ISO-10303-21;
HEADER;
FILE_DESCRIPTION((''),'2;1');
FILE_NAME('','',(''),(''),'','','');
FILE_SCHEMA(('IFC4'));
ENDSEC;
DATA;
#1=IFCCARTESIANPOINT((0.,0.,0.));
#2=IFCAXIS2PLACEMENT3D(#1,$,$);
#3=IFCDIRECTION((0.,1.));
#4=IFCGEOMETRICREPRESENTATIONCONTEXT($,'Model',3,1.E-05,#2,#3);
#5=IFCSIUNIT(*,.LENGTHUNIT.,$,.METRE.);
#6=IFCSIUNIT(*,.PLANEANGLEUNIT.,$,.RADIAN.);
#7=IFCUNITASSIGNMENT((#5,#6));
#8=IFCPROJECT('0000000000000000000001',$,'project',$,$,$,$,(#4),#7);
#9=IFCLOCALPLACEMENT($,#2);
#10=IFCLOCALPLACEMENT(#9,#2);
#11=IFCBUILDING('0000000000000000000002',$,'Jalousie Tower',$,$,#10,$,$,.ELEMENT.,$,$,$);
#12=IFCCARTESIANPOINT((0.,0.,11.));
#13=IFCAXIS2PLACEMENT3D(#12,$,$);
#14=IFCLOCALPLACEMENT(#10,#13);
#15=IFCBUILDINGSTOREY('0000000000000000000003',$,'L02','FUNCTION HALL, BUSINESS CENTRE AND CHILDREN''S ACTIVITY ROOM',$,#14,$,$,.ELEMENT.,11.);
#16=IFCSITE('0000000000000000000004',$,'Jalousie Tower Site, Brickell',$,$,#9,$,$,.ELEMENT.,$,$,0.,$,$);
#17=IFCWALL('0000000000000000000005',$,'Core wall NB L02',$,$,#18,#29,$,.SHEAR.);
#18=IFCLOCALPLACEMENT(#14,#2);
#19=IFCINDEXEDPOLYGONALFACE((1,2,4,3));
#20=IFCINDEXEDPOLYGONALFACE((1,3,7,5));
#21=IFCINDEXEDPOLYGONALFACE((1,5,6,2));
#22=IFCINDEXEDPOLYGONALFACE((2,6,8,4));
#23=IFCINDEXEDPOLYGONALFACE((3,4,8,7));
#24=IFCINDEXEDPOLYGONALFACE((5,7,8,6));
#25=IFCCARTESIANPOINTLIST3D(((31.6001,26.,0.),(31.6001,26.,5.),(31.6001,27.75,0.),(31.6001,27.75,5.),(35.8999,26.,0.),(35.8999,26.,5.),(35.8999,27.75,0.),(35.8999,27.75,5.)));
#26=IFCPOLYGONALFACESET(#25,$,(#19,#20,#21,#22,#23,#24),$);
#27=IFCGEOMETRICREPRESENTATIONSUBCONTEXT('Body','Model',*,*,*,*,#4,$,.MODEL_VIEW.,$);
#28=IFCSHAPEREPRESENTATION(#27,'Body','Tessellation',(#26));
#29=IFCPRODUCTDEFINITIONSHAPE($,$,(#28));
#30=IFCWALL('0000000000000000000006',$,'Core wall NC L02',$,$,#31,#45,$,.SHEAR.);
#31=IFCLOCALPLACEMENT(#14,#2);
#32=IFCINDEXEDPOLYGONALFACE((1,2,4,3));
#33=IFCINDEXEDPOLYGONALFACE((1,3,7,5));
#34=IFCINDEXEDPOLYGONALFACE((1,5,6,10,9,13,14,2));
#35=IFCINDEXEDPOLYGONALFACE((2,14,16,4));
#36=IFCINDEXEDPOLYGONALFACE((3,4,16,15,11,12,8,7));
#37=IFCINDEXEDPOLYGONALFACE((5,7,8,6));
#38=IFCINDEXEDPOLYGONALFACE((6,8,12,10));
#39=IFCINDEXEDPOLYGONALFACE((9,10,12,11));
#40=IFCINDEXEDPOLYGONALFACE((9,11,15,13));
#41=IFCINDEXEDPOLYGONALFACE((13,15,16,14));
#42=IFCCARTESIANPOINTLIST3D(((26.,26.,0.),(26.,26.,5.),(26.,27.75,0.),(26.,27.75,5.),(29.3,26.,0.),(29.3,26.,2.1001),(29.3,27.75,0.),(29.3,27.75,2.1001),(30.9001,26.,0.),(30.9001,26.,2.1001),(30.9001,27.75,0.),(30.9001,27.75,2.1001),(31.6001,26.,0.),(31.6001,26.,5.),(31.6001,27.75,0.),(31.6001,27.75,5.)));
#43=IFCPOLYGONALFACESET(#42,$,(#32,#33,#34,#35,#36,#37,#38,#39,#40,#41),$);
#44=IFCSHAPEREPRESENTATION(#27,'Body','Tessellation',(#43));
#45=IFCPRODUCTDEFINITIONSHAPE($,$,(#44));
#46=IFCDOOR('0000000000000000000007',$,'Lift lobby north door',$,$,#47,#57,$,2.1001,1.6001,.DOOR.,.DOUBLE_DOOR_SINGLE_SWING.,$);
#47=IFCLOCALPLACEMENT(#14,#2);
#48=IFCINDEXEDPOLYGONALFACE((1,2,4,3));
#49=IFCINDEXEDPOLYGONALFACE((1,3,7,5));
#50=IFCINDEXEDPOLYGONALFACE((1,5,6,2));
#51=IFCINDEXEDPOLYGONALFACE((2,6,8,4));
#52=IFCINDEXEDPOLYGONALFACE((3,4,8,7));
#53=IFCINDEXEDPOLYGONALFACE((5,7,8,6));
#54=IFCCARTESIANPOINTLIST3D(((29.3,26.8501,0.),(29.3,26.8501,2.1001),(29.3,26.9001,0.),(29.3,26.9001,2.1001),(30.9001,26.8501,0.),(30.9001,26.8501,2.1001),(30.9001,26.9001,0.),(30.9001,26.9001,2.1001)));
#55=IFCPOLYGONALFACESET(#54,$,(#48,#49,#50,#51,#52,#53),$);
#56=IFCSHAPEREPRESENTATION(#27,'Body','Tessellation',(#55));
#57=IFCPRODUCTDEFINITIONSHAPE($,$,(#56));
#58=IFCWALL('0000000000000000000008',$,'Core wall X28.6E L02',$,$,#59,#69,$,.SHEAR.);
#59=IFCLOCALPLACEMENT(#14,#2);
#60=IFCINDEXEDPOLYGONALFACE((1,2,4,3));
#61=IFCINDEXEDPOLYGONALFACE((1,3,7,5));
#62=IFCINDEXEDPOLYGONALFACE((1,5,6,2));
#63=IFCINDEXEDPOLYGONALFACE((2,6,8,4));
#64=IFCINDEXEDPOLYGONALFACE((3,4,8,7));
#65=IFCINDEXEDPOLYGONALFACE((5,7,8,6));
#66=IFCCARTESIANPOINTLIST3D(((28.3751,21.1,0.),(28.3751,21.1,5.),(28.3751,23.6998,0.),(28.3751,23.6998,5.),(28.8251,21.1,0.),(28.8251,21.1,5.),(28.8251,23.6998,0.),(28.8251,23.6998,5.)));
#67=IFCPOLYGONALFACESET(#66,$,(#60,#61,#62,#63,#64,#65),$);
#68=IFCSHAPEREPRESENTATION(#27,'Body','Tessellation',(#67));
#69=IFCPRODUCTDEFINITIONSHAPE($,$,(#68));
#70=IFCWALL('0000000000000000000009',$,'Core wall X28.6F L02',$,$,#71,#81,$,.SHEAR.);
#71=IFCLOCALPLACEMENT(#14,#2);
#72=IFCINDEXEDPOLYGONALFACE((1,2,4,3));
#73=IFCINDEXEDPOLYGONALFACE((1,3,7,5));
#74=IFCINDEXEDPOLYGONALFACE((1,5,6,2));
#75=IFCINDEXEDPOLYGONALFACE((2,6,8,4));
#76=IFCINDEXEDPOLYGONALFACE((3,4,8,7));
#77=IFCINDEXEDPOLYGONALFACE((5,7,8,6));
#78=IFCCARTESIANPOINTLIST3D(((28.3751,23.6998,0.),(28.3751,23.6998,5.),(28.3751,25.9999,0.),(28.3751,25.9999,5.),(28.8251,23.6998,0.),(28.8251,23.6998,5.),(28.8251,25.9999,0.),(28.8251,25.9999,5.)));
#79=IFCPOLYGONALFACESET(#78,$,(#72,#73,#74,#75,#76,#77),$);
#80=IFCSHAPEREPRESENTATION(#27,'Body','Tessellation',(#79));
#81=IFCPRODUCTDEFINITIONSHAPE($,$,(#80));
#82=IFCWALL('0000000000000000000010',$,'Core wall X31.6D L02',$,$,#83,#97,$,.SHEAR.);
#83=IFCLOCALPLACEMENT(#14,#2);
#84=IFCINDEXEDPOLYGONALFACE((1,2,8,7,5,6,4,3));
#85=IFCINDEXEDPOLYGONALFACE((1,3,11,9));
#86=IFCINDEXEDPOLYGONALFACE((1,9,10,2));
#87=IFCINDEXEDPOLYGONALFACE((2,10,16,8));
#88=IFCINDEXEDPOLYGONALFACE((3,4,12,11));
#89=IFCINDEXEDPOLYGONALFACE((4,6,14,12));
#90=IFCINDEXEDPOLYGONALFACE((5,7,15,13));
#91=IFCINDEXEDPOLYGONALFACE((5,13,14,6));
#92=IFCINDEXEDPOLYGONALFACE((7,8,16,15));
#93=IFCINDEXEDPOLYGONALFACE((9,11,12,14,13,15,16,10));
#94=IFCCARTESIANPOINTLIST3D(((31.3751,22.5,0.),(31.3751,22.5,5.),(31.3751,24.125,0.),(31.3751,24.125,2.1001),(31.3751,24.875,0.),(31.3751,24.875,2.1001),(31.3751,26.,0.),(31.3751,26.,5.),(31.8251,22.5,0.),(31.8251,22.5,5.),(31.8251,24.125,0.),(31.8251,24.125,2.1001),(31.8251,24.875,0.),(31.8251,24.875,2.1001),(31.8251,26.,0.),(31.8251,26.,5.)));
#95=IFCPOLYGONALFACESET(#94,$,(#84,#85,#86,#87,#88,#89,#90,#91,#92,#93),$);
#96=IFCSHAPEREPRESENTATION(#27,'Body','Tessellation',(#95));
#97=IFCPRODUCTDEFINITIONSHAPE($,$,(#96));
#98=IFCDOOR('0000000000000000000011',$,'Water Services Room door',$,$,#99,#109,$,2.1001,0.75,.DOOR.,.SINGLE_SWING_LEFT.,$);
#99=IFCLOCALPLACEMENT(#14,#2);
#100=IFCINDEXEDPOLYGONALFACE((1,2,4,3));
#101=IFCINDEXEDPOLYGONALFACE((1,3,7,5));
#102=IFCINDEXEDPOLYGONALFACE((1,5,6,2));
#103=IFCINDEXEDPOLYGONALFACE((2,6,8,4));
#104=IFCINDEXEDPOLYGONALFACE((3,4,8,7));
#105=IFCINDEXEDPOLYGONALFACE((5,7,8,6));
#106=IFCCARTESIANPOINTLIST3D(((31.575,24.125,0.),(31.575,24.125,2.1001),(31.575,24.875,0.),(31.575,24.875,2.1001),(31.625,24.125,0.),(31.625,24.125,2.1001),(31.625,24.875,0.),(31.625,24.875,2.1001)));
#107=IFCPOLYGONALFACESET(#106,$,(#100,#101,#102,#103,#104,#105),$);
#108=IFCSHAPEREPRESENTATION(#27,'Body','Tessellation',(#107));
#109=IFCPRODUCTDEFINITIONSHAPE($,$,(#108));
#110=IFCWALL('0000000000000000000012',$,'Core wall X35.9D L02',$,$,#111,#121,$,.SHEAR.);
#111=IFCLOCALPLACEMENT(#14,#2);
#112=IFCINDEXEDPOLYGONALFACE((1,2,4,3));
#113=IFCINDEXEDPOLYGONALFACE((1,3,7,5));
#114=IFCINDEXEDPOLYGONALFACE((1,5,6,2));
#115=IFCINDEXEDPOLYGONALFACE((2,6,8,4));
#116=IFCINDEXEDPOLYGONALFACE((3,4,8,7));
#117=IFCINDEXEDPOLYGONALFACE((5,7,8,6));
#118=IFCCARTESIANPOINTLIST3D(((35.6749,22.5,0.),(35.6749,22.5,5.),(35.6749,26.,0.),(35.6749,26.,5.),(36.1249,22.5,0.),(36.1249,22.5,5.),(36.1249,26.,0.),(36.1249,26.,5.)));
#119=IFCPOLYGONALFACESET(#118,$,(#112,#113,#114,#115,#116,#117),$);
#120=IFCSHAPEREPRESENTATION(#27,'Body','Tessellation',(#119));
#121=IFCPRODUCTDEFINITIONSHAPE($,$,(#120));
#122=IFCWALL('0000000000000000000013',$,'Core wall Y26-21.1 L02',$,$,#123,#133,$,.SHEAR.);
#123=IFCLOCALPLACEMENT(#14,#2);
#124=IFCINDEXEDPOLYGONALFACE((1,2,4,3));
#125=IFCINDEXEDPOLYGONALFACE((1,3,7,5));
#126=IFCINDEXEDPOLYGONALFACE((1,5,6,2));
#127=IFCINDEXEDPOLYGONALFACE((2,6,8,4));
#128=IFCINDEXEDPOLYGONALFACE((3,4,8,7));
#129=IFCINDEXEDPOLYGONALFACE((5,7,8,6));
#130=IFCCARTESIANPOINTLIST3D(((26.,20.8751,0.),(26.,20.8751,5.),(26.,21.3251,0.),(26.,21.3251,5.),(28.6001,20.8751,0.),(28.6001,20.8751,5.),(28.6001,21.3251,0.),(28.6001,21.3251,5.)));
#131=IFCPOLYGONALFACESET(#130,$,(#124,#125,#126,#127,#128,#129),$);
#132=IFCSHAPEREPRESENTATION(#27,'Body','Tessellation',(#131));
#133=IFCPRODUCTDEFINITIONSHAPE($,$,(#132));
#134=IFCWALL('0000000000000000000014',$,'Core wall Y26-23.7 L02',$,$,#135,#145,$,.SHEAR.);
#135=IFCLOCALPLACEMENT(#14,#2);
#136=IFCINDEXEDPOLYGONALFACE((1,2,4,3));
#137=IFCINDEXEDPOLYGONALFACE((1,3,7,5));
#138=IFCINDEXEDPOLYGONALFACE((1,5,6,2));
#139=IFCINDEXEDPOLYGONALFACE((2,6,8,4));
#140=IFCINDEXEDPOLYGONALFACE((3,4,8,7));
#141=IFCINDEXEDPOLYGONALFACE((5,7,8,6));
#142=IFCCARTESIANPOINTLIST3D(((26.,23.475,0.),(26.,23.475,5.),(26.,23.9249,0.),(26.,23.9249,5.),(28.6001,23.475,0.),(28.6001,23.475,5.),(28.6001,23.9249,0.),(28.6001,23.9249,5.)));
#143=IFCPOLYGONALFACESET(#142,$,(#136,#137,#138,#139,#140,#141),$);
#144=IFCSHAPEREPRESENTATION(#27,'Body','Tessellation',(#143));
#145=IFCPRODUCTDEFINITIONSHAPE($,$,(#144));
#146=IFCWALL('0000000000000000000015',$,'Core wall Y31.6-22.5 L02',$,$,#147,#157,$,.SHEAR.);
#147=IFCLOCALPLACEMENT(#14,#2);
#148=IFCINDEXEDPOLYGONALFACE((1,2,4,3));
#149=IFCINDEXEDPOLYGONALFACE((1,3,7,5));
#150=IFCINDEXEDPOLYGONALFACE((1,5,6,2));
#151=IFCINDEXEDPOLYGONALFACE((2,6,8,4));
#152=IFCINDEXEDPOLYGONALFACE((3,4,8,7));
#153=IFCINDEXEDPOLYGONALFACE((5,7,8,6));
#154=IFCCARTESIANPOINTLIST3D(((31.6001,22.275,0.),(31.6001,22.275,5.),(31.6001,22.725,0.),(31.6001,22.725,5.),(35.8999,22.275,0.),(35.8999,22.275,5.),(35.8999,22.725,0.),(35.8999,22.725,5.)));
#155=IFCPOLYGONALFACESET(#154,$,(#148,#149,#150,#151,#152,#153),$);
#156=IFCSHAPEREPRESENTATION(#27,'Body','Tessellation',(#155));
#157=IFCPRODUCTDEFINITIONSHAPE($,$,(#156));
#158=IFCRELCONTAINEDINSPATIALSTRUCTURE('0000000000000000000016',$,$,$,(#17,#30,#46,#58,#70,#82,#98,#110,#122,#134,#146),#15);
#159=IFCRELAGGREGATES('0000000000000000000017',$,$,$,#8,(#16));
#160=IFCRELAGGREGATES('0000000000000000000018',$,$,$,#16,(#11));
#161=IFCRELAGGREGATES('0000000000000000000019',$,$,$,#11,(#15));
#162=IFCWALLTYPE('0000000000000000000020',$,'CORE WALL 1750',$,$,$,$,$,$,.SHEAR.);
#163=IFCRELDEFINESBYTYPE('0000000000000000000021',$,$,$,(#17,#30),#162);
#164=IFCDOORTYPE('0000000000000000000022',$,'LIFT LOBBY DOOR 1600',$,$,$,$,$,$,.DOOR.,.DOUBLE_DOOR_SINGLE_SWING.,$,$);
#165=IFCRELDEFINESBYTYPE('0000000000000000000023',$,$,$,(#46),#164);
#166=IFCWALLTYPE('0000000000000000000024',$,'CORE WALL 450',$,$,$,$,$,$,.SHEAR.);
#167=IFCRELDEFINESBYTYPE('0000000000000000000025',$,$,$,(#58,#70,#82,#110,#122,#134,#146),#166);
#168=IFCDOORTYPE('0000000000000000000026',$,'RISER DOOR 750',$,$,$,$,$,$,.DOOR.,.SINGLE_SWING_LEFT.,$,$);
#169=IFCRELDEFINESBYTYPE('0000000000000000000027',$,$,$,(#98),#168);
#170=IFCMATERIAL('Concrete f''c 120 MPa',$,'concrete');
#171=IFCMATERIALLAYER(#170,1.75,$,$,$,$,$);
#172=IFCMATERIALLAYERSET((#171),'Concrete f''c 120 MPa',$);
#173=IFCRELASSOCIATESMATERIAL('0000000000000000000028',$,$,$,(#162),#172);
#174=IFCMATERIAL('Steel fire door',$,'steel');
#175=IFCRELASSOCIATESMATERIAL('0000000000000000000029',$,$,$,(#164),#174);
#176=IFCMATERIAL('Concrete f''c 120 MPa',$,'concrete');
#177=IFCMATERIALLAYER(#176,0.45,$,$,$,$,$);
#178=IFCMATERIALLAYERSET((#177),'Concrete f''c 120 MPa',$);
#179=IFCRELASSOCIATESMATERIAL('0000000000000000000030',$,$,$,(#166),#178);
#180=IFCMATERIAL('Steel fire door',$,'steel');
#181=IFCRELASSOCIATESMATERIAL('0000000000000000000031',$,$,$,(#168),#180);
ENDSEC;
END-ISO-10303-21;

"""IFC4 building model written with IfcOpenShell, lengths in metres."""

from ifc_helpers import new_model, si_unit, direction, frame, frame_2d, origin, place, context, subcontext, project, spatial, rectangle, extrude, material, layer, layer_set, type_object, element, fill, save


model = new_model("IFC4")

# Units and contexts
model_context = context("Model", 3, precision=1e-05, world=origin(), true_north=direction((0.0, 1.0)))
body_context = subcontext(model_context, "Body", "Model", "MODEL_VIEW")
ifc_project = project(units=[si_unit("LENGTHUNIT", "METRE"), si_unit("PLANEANGLEUNIT", "RADIAN")], contexts=[model_context])

# Site, building, storey
site_placement = place(None, origin())
site = spatial("IfcSite", under=ifc_project, at=site_placement, Name="Jalousie Tower Site, Brickell", CompositionType="ELEMENT", RefElevation=0.0)
building_placement = place(site_placement, origin())
building = spatial("IfcBuilding", under=site, at=building_placement, Name="Jalousie Tower", CompositionType="ELEMENT")
storey_placement = place(building_placement, frame((0.0, 0.0, 11.0)))
storey = spatial("IfcBuildingStorey", under=building, at=storey_placement, Name="L02", Description="FUNCTION HALL, BUSINESS CENTRE AND CHILDREN'S ACTIVITY ROOM", CompositionType="ELEMENT", Elevation=11.0)

# Wall
ifc_material_1 = material(Name="Concrete f'c 120 MPa", Category="concrete")
ifc_layer_1 = layer(ifc_material_1, 1.75)
ifc_layer_set_1 = layer_set([ifc_layer_1], Name="Concrete f'c 120 MPa")
wall_type_1 = type_object("IfcWallType", Name="CORE WALL 1750", PredefinedType="SHEAR", material=ifc_layer_set_1)
wall_1_placement = place(storey_placement, frame((35.8999, 26.875, 0.0), z_axis=(0.0, 0.0, 1.0), x_axis=(-1.0, 0.0, 0.0)))
element("IfcWall", 1, at=wall_1_placement, inside=storey, type_object=wall_type_1, Name="Core wall NB L02", PredefinedType="SHEAR", context=body_context, shape_type="SweptSolid", body=[
    extrude(rectangle(XDim=4.2998, YDim=1.75, at=frame_2d((2.1499, 0.0))), origin(), (0.0, 0.0, 1.0), 5.0),
])

# Wall, opening, door
wall_2_placement = place(storey_placement, frame((31.6001, 26.875, 0.0), z_axis=(0.0, 0.0, 1.0), x_axis=(-1.0, 0.0, 0.0)))
wall_2 = element("IfcWall", 2, at=wall_2_placement, inside=storey, type_object=wall_type_1, Name="Core wall NC L02", PredefinedType="SHEAR", context=body_context, shape_type="SweptSolid", body=[
    extrude(rectangle(XDim=5.6001, YDim=1.75, at=frame_2d((2.8, 0.0))), origin(), (0.0, 0.0, 1.0), 5.0),
])
opening_1_placement = place(wall_2_placement, frame((0.7, 0.0, 0.0)))
opening_1 = element("IfcOpeningElement", 3, at=opening_1_placement, cuts=wall_2, PredefinedType="OPENING", context=body_context, shape_type="SweptSolid", body=[
    extrude(rectangle(XDim=1.6001, YDim=2.1001, at=frame_2d((0.8, 1.05))), frame((0.0, 0.885, 0.0), z_axis=(0.0, -1.0, 0.0), x_axis=(1.0, 0.0, 0.0)), (0.0, 0.0, 1.0), 1.77),
])
ifc_material_2 = material(Name="Steel fire door", Category="steel")
door_type_1 = type_object("IfcDoorType", Name="LIFT LOBBY DOOR 1600", OperationType="DOUBLE_DOOR_SINGLE_SWING", PredefinedType="DOOR", material=ifc_material_2)
door_1_placement = place(opening_1_placement, origin())
door_1 = element("IfcDoor", 4, at=door_1_placement, inside=storey, type_object=door_type_1, Name="Lift lobby north door", OperationType="DOUBLE_DOOR_SINGLE_SWING", OverallHeight=2.1001, OverallWidth=1.6001, PredefinedType="DOOR", context=body_context, shape_type="SweptSolid", body=[
    extrude(rectangle(XDim=1.6001, YDim=2.1001, at=frame_2d((0.8, 1.05))), frame((0.0, 0.0249, 0.0), z_axis=(0.0, -1.0, 0.0), x_axis=(1.0, 0.0, 0.0)), (0.0, 0.0, 1.0), 0.05),
])
fill(opening_1, door_1)

# Walls
ifc_material_3 = material(Name="Concrete f'c 120 MPa", Category="concrete")
ifc_layer_2 = layer(ifc_material_3, 0.45)
ifc_layer_set_2 = layer_set([ifc_layer_2], Name="Concrete f'c 120 MPa")
wall_type_2 = type_object("IfcWallType", Name="CORE WALL 450", PredefinedType="SHEAR", material=ifc_layer_set_2)
wall_3_placement = place(storey_placement, frame((28.6001, 21.1001, 0.0), z_axis=(0.0, 0.0, 1.0), x_axis=(0.0, 1.0, 0.0)))
element("IfcWall", 5, at=wall_3_placement, inside=storey, type_object=wall_type_2, Name="Core wall X28.6E L02", PredefinedType="SHEAR", context=body_context, shape_type="SweptSolid", body=[
    extrude(rectangle(XDim=2.5999, YDim=0.45, at=frame_2d((1.2998, 0.0))), origin(), (0.0, 0.0, 1.0), 5.0),
])
wall_4_placement = place(storey_placement, frame((28.6001, 23.7, 0.0), z_axis=(0.0, 0.0, 1.0), x_axis=(0.0, 1.0, 0.0)))
element("IfcWall", 6, at=wall_4_placement, inside=storey, type_object=wall_type_2, Name="Core wall X28.6F L02", PredefinedType="SHEAR", context=body_context, shape_type="SweptSolid", body=[
    extrude(rectangle(XDim=2.3, YDim=0.45, at=frame_2d((1.1499, 0.0))), origin(), (0.0, 0.0, 1.0), 5.0),
])

# Wall, opening, door
wall_5_placement = place(storey_placement, frame((31.6001, 22.5, 0.0), z_axis=(0.0, 0.0, 1.0), x_axis=(0.0, 1.0, 0.0)))
wall_5 = element("IfcWall", 7, at=wall_5_placement, inside=storey, type_object=wall_type_2, Name="Core wall X31.6D L02", PredefinedType="SHEAR", context=body_context, shape_type="SweptSolid", body=[
    extrude(rectangle(XDim=3.5, YDim=0.45, at=frame_2d((1.75, 0.0))), origin(), (0.0, 0.0, 1.0), 5.0),
])
opening_2_placement = place(wall_5_placement, frame((1.625, 0.0, 0.0)))
opening_2 = element("IfcOpeningElement", 8, at=opening_2_placement, cuts=wall_5, PredefinedType="OPENING", context=body_context, shape_type="SweptSolid", body=[
    extrude(rectangle(XDim=0.75, YDim=2.1001, at=frame_2d((0.375, 1.05))), frame((0.0, 0.2349, 0.0), z_axis=(0.0, -1.0, 0.0), x_axis=(1.0, 0.0, 0.0)), (0.0, 0.0, 1.0), 0.47),
])
ifc_material_4 = material(Name="Steel fire door", Category="steel")
door_type_2 = type_object("IfcDoorType", Name="RISER DOOR 750", OperationType="SINGLE_SWING_LEFT", PredefinedType="DOOR", material=ifc_material_4)
door_2_placement = place(opening_2_placement, frame((0.75, 0.0, 0.0), z_axis=(0.0, 0.0, 1.0), x_axis=(-1.0, 0.0, 0.0)))
door_2 = element("IfcDoor", 9, at=door_2_placement, inside=storey, type_object=door_type_2, Name="Water Services Room door", OperationType="SINGLE_SWING_LEFT", OverallHeight=2.1001, OverallWidth=0.75, PredefinedType="DOOR", context=body_context, shape_type="SweptSolid", body=[
    extrude(rectangle(XDim=0.75, YDim=2.1001, at=frame_2d((0.375, 1.05))), frame((0.0, 0.0249, 0.0), z_axis=(0.0, -1.0, 0.0), x_axis=(1.0, 0.0, 0.0)), (0.0, 0.0, 1.0), 0.05),
])
fill(opening_2, door_2)

# Walls
wall_6_placement = place(storey_placement, frame((35.8999, 22.5, 0.0), z_axis=(0.0, 0.0, 1.0), x_axis=(0.0, 1.0, 0.0)))
element("IfcWall", 10, at=wall_6_placement, inside=storey, type_object=wall_type_2, Name="Core wall X35.9D L02", PredefinedType="SHEAR", context=body_context, shape_type="SweptSolid", body=[
    extrude(rectangle(XDim=3.5, YDim=0.45, at=frame_2d((1.75, 0.0))), origin(), (0.0, 0.0, 1.0), 5.0),
])
for number, where, z_axis, x_axis, name in (
    (11, (26.0, 21.1001, 0.0), (0.0, 0.0, 1.0), (1.0, 0.0, 0.0), "Core wall Y26-21.1 L02"),
    (12, (26.0, 23.7, 0.0), (0.0, 0.0, 1.0), (1.0, 0.0, 0.0), "Core wall Y26-23.7 L02"),
):
    element("IfcWall", number, at=place(storey_placement, frame(where, z_axis=z_axis, x_axis=x_axis)), inside=storey, type_object=wall_type_2, Name=name, PredefinedType="SHEAR", context=body_context, shape_type="SweptSolid", body=[
        extrude(rectangle(XDim=2.6001, YDim=0.45, at=frame_2d((1.3, 0.0))), origin(), (0.0, 0.0, 1.0), 5.0),
    ])
wall_7_placement = place(storey_placement, frame((31.6001, 22.5, 0.0), z_axis=(0.0, 0.0, 1.0), x_axis=(1.0, 0.0, 0.0)))
element("IfcWall", 13, at=wall_7_placement, inside=storey, type_object=wall_type_2, Name="Core wall Y31.6-22.5 L02", PredefinedType="SHEAR", context=body_context, shape_type="SweptSolid", body=[
    extrude(rectangle(XDim=4.2998, YDim=0.45, at=frame_2d((2.1499, 0.0))), origin(), (0.0, 0.0, 1.0), 5.0),
])

save(model, "model.ifc")
